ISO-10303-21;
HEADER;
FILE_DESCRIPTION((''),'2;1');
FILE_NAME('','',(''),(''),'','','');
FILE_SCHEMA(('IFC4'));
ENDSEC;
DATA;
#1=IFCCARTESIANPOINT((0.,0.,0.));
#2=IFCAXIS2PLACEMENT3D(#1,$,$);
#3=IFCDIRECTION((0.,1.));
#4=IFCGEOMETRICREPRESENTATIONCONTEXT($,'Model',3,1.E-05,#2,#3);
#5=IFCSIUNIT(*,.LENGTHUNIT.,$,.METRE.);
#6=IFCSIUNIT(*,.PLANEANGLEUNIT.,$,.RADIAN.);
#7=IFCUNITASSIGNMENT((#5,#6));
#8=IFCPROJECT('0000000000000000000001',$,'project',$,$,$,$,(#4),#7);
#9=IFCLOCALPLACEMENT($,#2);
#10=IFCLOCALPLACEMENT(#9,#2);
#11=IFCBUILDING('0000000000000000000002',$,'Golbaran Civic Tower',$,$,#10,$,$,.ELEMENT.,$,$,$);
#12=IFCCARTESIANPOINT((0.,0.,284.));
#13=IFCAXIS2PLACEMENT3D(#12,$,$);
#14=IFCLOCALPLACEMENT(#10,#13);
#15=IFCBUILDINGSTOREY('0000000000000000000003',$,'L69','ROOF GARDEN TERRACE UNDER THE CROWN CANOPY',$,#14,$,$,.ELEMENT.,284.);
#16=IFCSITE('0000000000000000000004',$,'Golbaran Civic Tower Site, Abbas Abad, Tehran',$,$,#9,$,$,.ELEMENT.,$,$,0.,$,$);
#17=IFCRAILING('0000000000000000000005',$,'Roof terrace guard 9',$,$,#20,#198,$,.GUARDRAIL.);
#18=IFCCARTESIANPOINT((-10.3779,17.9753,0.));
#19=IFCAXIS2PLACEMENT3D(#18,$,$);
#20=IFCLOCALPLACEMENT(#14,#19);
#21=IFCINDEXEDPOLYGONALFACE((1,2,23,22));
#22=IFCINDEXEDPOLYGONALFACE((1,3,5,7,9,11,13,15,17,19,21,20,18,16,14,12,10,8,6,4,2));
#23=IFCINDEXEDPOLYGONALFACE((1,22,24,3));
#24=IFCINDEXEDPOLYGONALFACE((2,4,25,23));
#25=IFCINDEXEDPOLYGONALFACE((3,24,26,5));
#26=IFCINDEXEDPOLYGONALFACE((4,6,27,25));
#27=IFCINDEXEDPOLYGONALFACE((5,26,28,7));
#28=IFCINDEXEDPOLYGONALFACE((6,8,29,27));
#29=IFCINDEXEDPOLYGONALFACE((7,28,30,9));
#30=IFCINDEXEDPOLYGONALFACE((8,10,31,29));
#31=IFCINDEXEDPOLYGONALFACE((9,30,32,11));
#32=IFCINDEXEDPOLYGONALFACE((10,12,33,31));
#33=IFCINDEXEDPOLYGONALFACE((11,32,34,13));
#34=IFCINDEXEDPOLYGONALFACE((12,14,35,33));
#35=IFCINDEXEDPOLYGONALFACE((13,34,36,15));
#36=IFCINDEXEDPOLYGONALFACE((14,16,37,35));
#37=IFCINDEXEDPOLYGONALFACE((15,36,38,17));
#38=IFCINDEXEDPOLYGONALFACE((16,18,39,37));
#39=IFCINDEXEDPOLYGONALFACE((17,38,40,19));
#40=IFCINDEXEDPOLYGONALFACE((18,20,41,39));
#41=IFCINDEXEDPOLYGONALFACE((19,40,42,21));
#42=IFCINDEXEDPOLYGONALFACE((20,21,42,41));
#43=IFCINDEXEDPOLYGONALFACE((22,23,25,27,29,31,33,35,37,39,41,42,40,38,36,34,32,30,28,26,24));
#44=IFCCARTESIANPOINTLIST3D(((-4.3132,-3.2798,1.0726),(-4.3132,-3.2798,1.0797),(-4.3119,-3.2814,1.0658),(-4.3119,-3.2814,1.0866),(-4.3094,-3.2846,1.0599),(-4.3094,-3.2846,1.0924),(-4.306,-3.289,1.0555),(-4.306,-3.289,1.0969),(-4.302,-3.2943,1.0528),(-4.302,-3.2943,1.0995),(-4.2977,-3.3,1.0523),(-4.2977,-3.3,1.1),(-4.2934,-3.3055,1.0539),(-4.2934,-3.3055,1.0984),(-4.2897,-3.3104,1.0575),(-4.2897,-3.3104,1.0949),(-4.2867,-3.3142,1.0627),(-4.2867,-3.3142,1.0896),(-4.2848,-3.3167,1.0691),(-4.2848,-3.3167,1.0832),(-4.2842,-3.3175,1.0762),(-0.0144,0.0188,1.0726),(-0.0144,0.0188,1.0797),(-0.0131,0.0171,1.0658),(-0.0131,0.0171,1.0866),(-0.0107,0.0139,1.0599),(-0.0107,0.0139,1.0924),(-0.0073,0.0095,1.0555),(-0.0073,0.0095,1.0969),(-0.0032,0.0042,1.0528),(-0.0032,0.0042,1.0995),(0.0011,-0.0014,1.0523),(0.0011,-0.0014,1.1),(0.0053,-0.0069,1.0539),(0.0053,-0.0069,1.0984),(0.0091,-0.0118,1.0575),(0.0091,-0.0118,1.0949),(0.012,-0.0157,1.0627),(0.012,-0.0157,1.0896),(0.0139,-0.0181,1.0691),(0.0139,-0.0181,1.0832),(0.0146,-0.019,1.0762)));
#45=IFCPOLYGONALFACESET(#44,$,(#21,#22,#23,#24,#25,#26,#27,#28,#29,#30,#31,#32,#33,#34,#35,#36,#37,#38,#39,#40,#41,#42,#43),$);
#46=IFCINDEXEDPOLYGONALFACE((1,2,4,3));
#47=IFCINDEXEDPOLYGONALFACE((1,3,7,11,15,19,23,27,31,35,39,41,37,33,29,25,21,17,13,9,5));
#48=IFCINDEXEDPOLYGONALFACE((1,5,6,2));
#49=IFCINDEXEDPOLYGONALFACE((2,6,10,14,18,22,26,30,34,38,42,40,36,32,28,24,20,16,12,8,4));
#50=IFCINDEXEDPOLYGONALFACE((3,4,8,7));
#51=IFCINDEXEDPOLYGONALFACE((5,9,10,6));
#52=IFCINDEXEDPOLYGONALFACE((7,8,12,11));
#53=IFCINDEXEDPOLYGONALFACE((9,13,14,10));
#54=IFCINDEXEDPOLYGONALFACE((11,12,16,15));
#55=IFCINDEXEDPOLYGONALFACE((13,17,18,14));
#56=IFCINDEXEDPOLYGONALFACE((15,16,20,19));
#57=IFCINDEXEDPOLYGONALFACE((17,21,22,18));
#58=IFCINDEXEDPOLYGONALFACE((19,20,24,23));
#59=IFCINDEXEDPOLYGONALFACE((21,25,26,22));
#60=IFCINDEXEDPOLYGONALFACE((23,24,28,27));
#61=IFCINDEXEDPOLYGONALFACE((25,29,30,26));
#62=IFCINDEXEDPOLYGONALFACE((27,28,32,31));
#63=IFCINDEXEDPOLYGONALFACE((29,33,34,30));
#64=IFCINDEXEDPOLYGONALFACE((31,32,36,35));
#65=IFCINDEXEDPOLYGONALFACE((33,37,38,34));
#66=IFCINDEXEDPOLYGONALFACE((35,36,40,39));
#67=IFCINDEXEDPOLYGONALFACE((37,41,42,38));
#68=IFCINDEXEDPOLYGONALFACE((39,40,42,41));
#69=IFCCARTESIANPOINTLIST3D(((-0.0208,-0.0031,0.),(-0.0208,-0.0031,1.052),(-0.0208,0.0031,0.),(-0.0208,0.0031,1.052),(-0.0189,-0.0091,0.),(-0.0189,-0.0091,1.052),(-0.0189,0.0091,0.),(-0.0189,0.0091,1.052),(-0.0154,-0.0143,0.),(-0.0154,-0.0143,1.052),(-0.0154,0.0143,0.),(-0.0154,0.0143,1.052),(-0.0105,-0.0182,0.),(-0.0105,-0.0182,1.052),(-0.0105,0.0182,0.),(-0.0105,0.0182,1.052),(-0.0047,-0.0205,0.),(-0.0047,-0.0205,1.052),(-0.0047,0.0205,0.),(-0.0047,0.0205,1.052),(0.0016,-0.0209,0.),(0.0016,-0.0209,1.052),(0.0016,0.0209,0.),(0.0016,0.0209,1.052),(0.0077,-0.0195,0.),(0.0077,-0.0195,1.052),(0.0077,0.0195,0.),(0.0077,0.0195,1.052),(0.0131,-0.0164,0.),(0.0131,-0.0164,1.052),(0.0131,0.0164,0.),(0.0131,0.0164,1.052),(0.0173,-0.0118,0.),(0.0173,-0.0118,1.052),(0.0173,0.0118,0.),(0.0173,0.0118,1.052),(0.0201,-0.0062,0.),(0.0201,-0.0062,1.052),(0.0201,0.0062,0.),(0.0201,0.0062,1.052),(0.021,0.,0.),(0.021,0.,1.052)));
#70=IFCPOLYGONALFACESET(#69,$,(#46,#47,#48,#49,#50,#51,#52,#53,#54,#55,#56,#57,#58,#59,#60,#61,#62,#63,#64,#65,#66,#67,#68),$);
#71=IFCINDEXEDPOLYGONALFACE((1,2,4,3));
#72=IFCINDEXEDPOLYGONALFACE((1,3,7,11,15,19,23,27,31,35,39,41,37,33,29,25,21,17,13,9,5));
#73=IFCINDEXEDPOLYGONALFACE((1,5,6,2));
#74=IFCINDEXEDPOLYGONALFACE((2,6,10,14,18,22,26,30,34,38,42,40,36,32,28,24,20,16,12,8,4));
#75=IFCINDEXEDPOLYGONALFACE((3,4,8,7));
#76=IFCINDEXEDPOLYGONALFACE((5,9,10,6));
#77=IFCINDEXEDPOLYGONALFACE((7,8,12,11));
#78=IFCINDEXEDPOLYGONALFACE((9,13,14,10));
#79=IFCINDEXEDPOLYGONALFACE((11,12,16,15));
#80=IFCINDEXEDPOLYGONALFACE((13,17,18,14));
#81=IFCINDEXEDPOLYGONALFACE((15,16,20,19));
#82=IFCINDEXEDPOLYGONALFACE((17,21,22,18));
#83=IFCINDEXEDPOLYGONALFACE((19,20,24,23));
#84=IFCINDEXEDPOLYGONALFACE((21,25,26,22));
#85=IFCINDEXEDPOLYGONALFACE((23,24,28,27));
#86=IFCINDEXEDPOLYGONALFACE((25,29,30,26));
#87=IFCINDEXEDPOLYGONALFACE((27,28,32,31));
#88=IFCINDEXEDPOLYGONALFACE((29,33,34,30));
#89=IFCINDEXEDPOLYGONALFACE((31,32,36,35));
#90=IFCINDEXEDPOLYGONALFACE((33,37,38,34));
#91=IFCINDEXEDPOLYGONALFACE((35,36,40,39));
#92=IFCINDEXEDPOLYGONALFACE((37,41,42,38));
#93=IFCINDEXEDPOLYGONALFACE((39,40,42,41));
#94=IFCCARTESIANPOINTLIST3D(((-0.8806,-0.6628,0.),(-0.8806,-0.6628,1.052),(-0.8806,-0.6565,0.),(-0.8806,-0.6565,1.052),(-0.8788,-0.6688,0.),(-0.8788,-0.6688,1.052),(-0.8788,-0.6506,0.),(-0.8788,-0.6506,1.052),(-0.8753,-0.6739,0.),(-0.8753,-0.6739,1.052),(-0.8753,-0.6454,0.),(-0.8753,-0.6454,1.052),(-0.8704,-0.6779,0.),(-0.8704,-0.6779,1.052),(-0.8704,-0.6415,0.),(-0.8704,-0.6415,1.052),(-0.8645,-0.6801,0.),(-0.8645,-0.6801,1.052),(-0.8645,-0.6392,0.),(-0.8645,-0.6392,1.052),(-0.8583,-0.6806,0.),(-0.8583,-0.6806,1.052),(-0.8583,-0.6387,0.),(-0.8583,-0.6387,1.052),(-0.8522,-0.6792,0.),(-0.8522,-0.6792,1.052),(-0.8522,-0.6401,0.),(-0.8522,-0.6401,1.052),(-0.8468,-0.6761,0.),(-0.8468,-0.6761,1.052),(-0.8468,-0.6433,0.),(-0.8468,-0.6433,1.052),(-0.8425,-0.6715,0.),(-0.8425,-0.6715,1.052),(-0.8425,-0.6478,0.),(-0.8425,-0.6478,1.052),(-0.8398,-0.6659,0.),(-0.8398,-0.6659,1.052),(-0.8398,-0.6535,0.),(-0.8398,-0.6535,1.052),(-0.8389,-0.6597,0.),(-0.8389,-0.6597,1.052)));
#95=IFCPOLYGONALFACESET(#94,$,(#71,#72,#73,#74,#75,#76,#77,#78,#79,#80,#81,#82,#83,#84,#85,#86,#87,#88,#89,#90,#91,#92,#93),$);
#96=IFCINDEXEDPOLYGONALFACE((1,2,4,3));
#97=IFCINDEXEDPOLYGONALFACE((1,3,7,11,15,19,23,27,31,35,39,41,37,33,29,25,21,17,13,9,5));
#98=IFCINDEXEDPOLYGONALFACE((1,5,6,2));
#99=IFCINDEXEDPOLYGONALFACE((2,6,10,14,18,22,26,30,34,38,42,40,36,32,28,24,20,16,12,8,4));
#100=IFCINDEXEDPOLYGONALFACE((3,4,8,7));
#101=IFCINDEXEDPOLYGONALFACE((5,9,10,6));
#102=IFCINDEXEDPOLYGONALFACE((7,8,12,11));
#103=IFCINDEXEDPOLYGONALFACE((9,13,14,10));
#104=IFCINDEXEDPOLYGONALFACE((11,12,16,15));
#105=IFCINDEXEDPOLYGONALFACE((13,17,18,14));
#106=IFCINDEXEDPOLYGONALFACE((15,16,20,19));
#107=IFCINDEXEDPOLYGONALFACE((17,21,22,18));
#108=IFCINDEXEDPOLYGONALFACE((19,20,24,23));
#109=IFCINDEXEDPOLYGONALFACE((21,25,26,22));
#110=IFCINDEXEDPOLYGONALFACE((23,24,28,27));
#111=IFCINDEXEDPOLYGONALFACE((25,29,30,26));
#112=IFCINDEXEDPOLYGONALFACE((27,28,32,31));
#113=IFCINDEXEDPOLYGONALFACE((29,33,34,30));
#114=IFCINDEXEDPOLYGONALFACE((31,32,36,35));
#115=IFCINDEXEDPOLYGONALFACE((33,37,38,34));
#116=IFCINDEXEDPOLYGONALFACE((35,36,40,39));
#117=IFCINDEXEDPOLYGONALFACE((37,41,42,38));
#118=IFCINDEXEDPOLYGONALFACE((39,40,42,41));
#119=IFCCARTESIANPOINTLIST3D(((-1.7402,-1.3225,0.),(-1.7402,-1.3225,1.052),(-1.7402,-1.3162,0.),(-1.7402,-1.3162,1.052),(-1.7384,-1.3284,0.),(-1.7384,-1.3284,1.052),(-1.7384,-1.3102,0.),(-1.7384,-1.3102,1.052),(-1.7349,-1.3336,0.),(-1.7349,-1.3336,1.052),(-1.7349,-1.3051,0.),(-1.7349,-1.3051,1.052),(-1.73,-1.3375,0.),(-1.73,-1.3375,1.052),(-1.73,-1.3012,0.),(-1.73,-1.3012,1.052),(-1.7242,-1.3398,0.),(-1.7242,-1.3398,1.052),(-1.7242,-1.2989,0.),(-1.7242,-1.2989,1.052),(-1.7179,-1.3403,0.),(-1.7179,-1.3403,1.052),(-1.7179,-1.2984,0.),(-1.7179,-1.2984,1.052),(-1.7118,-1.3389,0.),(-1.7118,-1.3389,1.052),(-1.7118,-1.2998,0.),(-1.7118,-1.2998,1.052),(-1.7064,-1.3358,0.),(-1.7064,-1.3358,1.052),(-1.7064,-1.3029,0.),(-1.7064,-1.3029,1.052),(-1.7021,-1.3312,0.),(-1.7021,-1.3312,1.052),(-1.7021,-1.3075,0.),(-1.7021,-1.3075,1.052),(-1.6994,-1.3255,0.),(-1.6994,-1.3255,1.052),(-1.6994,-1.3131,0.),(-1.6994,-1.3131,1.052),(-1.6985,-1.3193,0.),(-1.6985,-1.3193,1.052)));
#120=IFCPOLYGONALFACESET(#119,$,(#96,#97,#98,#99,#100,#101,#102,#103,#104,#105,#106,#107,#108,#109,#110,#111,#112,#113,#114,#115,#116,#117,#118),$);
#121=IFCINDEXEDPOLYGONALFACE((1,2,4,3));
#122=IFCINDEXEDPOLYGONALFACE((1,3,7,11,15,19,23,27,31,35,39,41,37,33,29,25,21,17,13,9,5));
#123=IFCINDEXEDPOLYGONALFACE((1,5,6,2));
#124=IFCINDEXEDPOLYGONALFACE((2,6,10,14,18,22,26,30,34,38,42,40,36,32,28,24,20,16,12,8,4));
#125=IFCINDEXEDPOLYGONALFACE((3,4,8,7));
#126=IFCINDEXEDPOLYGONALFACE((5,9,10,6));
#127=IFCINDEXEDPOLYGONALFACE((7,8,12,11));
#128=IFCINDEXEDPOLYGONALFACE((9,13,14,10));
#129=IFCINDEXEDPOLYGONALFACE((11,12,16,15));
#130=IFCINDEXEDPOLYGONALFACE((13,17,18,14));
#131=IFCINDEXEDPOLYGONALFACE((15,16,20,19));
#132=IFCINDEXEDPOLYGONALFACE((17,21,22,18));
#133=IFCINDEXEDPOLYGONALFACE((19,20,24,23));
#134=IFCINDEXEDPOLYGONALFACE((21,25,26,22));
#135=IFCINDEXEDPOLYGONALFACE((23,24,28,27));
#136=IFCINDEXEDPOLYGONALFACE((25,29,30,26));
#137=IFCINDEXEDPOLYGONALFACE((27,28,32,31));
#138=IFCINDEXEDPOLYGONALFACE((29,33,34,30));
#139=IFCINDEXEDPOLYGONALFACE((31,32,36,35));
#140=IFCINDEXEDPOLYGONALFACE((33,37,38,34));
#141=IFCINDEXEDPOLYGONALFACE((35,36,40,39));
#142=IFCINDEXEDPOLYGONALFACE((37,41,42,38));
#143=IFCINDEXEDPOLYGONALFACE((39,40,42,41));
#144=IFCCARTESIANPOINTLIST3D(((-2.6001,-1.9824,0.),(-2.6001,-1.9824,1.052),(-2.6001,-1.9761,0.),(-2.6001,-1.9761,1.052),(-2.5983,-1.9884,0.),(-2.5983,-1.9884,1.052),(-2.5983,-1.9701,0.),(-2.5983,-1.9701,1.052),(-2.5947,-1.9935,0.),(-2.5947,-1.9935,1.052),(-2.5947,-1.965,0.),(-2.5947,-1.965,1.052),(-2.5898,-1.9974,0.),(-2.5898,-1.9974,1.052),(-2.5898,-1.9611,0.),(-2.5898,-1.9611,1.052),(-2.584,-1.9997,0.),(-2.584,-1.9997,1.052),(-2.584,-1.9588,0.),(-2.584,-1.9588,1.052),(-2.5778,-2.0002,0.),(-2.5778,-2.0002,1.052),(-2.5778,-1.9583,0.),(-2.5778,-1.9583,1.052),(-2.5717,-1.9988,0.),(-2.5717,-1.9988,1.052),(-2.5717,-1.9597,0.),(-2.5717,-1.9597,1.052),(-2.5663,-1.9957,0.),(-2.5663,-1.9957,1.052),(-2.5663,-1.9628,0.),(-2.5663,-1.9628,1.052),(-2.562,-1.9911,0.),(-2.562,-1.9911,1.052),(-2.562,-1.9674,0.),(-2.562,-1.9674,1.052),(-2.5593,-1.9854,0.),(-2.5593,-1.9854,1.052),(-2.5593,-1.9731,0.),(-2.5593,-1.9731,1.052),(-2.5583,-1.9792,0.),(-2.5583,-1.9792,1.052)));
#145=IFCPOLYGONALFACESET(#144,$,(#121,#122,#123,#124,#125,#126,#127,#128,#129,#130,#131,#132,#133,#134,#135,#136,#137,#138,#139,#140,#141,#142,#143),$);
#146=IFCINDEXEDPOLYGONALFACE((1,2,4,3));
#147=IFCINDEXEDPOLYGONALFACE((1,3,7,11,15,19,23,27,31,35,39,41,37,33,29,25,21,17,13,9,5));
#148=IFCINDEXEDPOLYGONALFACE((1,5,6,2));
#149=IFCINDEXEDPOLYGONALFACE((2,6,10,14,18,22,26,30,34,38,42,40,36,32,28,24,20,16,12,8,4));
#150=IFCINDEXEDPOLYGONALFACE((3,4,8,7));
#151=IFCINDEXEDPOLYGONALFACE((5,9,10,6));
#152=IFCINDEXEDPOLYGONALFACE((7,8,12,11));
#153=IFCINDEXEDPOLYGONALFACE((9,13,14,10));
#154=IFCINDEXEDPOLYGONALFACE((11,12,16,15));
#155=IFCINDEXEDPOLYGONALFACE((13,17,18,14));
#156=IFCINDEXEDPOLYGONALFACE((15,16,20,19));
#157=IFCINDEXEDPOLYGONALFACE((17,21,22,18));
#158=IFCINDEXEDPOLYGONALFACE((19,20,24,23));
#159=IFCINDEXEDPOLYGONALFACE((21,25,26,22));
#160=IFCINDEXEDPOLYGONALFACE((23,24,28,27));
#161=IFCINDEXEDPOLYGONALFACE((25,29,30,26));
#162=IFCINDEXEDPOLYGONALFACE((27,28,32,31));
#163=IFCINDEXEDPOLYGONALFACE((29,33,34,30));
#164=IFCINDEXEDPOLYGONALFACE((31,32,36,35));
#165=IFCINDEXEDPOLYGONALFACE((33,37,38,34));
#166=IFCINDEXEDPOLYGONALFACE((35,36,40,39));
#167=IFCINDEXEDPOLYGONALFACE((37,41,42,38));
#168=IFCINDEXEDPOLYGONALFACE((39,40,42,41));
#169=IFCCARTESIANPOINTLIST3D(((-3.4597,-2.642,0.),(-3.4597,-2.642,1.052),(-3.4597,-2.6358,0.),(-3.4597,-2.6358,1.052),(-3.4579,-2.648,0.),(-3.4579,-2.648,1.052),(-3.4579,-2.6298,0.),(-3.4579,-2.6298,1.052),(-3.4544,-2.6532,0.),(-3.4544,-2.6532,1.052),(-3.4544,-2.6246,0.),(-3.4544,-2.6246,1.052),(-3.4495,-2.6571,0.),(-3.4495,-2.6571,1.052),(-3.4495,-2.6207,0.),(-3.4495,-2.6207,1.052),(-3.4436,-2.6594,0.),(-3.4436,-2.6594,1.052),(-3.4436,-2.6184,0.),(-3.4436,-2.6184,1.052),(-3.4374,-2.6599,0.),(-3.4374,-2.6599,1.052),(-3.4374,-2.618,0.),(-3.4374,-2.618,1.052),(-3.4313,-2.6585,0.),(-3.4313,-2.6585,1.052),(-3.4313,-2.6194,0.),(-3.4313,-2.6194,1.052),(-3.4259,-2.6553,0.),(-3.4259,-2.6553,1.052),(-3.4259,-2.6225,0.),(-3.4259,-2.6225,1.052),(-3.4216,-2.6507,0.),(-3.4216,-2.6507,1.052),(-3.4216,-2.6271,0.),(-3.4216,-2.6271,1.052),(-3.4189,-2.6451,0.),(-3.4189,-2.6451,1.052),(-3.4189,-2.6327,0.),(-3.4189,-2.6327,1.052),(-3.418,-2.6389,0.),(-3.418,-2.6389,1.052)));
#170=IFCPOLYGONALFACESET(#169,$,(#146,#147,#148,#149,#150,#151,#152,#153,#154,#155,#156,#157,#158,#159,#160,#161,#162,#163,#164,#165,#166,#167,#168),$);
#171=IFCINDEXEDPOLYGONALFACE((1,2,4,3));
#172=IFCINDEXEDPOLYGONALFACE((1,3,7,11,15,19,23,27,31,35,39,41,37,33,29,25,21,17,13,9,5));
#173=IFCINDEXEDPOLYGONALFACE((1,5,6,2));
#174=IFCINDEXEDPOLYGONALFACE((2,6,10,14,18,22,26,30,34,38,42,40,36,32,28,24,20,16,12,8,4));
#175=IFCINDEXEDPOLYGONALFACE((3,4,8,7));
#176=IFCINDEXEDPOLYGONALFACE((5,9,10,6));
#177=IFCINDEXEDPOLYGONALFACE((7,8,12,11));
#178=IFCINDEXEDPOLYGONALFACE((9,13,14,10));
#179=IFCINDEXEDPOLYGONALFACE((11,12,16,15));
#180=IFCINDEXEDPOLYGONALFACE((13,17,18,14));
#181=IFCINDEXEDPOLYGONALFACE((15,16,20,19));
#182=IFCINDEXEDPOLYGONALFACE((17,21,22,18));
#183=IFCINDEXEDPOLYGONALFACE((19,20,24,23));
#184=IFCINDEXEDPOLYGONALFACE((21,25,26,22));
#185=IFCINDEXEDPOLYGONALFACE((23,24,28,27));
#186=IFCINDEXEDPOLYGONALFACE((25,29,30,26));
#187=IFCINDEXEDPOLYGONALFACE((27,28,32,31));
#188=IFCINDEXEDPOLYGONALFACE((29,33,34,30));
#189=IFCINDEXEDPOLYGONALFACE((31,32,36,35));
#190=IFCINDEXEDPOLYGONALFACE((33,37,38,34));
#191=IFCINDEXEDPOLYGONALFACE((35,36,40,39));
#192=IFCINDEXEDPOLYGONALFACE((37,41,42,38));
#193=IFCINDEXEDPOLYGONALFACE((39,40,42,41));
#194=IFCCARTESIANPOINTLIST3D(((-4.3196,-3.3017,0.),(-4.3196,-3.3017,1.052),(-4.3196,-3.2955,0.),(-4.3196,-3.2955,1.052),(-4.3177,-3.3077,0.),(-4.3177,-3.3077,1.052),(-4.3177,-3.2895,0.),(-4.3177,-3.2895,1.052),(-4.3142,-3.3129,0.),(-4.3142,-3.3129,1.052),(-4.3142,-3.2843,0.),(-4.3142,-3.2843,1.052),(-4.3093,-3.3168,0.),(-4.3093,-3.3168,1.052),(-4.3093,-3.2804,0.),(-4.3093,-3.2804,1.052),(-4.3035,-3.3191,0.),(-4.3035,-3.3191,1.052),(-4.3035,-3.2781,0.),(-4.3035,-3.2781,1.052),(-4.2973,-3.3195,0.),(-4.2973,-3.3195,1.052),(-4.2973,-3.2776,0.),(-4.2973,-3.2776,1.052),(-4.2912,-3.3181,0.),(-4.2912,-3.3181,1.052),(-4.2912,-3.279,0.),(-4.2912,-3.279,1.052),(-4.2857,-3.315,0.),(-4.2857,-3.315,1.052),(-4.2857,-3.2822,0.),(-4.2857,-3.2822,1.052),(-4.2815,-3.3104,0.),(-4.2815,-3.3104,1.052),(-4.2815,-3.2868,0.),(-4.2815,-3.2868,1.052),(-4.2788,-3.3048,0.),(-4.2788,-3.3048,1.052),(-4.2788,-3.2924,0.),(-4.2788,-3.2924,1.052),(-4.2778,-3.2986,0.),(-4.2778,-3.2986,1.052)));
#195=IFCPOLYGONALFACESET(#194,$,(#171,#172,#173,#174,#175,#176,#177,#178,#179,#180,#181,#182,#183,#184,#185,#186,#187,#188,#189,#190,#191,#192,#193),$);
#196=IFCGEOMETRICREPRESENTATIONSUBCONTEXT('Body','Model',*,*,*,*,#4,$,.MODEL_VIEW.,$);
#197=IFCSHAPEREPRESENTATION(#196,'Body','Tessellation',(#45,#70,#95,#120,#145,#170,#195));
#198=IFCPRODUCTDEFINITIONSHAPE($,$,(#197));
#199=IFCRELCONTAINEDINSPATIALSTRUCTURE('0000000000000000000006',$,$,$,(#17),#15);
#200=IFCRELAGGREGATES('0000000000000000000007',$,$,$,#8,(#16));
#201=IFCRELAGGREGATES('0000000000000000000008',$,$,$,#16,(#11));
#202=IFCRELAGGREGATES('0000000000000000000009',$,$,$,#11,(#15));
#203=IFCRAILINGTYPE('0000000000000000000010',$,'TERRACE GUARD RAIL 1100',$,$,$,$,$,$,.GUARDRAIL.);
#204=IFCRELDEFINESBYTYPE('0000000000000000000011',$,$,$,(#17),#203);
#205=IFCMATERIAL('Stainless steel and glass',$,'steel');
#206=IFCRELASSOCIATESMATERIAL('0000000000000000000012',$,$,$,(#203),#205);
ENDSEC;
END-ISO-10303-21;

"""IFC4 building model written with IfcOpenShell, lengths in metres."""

from ifc_helpers import new_model, si_unit, direction, frame, origin, origin_2d, place, context, subcontext, project, spatial, circle, extrude, material, type_object, element, save


model = new_model("IFC4")

# Units and contexts
model_context = context("Model", 3, precision=1e-05, world=origin(), true_north=direction((0.0, 1.0)))
body_context = subcontext(model_context, "Body", "Model", "MODEL_VIEW")
ifc_project = project(units=[si_unit("LENGTHUNIT", "METRE"), si_unit("PLANEANGLEUNIT", "RADIAN")], contexts=[model_context])

# Site, building, storey
site_placement = place(None, origin())
site = spatial("IfcSite", under=ifc_project, at=site_placement, Name="Golbaran Civic Tower Site, Abbas Abad, Tehran", CompositionType="ELEMENT", RefElevation=0.0)
building_placement = place(site_placement, origin())
building = spatial("IfcBuilding", under=site, at=building_placement, Name="Golbaran Civic Tower", CompositionType="ELEMENT")
storey_placement = place(building_placement, frame((0.0, 0.0, 284.0)))
storey = spatial("IfcBuildingStorey", under=building, at=storey_placement, Name="L69", Description="ROOF GARDEN TERRACE UNDER THE CROWN CANOPY", CompositionType="ELEMENT", Elevation=284.0)

# Railing
ifc_material_1 = material(Name="Stainless steel and glass", Category="steel")
railing_type_1 = type_object("IfcRailingType", Name="TERRACE GUARD RAIL 1100", PredefinedType="GUARDRAIL", material=ifc_material_1)
railing_1_placement = place(storey_placement, frame((-10.3779, 17.9753, 0.0)))
element("IfcRailing", 1, at=railing_1_placement, inside=storey, type_object=railing_type_1, Name="Roof terrace guard 9", PredefinedType="GUARDRAIL", context=body_context, shape_type="SweptSolid", body=[
    extrude(circle(Radius=0.0239, at=origin_2d()), frame((0.0, 0.0, 1.0762), z_axis=(-0.793355, -0.608759, 0.0), x_axis=(0.608759, -0.793355, 0.0)), (0.0, 0.0, 1.0), 5.4185),
    extrude(circle(Radius=0.021, at=origin_2d()), origin(), (0.0, 0.0, 1.0), 1.052),
    extrude(circle(Radius=0.021, at=origin_2d()), frame((-0.8599, -0.6597, 0.0)), (0.0, 0.0, 1.0), 1.052),
    extrude(circle(Radius=0.021, at=origin_2d()), frame((-1.7195, -1.3193, 0.0)), (0.0, 0.0, 1.0), 1.052),
    extrude(circle(Radius=0.021, at=origin_2d()), frame((-2.5793, -1.9792, 0.0)), (0.0, 0.0, 1.0), 1.052),
    extrude(circle(Radius=0.021, at=origin_2d()), frame((-3.439, -2.6389, 0.0)), (0.0, 0.0, 1.0), 1.052),
    extrude(circle(Radius=0.021, at=origin_2d()), frame((-4.2988, -3.2986, 0.0)), (0.0, 0.0, 1.0), 1.052),
])

save(model, "model.ifc")
